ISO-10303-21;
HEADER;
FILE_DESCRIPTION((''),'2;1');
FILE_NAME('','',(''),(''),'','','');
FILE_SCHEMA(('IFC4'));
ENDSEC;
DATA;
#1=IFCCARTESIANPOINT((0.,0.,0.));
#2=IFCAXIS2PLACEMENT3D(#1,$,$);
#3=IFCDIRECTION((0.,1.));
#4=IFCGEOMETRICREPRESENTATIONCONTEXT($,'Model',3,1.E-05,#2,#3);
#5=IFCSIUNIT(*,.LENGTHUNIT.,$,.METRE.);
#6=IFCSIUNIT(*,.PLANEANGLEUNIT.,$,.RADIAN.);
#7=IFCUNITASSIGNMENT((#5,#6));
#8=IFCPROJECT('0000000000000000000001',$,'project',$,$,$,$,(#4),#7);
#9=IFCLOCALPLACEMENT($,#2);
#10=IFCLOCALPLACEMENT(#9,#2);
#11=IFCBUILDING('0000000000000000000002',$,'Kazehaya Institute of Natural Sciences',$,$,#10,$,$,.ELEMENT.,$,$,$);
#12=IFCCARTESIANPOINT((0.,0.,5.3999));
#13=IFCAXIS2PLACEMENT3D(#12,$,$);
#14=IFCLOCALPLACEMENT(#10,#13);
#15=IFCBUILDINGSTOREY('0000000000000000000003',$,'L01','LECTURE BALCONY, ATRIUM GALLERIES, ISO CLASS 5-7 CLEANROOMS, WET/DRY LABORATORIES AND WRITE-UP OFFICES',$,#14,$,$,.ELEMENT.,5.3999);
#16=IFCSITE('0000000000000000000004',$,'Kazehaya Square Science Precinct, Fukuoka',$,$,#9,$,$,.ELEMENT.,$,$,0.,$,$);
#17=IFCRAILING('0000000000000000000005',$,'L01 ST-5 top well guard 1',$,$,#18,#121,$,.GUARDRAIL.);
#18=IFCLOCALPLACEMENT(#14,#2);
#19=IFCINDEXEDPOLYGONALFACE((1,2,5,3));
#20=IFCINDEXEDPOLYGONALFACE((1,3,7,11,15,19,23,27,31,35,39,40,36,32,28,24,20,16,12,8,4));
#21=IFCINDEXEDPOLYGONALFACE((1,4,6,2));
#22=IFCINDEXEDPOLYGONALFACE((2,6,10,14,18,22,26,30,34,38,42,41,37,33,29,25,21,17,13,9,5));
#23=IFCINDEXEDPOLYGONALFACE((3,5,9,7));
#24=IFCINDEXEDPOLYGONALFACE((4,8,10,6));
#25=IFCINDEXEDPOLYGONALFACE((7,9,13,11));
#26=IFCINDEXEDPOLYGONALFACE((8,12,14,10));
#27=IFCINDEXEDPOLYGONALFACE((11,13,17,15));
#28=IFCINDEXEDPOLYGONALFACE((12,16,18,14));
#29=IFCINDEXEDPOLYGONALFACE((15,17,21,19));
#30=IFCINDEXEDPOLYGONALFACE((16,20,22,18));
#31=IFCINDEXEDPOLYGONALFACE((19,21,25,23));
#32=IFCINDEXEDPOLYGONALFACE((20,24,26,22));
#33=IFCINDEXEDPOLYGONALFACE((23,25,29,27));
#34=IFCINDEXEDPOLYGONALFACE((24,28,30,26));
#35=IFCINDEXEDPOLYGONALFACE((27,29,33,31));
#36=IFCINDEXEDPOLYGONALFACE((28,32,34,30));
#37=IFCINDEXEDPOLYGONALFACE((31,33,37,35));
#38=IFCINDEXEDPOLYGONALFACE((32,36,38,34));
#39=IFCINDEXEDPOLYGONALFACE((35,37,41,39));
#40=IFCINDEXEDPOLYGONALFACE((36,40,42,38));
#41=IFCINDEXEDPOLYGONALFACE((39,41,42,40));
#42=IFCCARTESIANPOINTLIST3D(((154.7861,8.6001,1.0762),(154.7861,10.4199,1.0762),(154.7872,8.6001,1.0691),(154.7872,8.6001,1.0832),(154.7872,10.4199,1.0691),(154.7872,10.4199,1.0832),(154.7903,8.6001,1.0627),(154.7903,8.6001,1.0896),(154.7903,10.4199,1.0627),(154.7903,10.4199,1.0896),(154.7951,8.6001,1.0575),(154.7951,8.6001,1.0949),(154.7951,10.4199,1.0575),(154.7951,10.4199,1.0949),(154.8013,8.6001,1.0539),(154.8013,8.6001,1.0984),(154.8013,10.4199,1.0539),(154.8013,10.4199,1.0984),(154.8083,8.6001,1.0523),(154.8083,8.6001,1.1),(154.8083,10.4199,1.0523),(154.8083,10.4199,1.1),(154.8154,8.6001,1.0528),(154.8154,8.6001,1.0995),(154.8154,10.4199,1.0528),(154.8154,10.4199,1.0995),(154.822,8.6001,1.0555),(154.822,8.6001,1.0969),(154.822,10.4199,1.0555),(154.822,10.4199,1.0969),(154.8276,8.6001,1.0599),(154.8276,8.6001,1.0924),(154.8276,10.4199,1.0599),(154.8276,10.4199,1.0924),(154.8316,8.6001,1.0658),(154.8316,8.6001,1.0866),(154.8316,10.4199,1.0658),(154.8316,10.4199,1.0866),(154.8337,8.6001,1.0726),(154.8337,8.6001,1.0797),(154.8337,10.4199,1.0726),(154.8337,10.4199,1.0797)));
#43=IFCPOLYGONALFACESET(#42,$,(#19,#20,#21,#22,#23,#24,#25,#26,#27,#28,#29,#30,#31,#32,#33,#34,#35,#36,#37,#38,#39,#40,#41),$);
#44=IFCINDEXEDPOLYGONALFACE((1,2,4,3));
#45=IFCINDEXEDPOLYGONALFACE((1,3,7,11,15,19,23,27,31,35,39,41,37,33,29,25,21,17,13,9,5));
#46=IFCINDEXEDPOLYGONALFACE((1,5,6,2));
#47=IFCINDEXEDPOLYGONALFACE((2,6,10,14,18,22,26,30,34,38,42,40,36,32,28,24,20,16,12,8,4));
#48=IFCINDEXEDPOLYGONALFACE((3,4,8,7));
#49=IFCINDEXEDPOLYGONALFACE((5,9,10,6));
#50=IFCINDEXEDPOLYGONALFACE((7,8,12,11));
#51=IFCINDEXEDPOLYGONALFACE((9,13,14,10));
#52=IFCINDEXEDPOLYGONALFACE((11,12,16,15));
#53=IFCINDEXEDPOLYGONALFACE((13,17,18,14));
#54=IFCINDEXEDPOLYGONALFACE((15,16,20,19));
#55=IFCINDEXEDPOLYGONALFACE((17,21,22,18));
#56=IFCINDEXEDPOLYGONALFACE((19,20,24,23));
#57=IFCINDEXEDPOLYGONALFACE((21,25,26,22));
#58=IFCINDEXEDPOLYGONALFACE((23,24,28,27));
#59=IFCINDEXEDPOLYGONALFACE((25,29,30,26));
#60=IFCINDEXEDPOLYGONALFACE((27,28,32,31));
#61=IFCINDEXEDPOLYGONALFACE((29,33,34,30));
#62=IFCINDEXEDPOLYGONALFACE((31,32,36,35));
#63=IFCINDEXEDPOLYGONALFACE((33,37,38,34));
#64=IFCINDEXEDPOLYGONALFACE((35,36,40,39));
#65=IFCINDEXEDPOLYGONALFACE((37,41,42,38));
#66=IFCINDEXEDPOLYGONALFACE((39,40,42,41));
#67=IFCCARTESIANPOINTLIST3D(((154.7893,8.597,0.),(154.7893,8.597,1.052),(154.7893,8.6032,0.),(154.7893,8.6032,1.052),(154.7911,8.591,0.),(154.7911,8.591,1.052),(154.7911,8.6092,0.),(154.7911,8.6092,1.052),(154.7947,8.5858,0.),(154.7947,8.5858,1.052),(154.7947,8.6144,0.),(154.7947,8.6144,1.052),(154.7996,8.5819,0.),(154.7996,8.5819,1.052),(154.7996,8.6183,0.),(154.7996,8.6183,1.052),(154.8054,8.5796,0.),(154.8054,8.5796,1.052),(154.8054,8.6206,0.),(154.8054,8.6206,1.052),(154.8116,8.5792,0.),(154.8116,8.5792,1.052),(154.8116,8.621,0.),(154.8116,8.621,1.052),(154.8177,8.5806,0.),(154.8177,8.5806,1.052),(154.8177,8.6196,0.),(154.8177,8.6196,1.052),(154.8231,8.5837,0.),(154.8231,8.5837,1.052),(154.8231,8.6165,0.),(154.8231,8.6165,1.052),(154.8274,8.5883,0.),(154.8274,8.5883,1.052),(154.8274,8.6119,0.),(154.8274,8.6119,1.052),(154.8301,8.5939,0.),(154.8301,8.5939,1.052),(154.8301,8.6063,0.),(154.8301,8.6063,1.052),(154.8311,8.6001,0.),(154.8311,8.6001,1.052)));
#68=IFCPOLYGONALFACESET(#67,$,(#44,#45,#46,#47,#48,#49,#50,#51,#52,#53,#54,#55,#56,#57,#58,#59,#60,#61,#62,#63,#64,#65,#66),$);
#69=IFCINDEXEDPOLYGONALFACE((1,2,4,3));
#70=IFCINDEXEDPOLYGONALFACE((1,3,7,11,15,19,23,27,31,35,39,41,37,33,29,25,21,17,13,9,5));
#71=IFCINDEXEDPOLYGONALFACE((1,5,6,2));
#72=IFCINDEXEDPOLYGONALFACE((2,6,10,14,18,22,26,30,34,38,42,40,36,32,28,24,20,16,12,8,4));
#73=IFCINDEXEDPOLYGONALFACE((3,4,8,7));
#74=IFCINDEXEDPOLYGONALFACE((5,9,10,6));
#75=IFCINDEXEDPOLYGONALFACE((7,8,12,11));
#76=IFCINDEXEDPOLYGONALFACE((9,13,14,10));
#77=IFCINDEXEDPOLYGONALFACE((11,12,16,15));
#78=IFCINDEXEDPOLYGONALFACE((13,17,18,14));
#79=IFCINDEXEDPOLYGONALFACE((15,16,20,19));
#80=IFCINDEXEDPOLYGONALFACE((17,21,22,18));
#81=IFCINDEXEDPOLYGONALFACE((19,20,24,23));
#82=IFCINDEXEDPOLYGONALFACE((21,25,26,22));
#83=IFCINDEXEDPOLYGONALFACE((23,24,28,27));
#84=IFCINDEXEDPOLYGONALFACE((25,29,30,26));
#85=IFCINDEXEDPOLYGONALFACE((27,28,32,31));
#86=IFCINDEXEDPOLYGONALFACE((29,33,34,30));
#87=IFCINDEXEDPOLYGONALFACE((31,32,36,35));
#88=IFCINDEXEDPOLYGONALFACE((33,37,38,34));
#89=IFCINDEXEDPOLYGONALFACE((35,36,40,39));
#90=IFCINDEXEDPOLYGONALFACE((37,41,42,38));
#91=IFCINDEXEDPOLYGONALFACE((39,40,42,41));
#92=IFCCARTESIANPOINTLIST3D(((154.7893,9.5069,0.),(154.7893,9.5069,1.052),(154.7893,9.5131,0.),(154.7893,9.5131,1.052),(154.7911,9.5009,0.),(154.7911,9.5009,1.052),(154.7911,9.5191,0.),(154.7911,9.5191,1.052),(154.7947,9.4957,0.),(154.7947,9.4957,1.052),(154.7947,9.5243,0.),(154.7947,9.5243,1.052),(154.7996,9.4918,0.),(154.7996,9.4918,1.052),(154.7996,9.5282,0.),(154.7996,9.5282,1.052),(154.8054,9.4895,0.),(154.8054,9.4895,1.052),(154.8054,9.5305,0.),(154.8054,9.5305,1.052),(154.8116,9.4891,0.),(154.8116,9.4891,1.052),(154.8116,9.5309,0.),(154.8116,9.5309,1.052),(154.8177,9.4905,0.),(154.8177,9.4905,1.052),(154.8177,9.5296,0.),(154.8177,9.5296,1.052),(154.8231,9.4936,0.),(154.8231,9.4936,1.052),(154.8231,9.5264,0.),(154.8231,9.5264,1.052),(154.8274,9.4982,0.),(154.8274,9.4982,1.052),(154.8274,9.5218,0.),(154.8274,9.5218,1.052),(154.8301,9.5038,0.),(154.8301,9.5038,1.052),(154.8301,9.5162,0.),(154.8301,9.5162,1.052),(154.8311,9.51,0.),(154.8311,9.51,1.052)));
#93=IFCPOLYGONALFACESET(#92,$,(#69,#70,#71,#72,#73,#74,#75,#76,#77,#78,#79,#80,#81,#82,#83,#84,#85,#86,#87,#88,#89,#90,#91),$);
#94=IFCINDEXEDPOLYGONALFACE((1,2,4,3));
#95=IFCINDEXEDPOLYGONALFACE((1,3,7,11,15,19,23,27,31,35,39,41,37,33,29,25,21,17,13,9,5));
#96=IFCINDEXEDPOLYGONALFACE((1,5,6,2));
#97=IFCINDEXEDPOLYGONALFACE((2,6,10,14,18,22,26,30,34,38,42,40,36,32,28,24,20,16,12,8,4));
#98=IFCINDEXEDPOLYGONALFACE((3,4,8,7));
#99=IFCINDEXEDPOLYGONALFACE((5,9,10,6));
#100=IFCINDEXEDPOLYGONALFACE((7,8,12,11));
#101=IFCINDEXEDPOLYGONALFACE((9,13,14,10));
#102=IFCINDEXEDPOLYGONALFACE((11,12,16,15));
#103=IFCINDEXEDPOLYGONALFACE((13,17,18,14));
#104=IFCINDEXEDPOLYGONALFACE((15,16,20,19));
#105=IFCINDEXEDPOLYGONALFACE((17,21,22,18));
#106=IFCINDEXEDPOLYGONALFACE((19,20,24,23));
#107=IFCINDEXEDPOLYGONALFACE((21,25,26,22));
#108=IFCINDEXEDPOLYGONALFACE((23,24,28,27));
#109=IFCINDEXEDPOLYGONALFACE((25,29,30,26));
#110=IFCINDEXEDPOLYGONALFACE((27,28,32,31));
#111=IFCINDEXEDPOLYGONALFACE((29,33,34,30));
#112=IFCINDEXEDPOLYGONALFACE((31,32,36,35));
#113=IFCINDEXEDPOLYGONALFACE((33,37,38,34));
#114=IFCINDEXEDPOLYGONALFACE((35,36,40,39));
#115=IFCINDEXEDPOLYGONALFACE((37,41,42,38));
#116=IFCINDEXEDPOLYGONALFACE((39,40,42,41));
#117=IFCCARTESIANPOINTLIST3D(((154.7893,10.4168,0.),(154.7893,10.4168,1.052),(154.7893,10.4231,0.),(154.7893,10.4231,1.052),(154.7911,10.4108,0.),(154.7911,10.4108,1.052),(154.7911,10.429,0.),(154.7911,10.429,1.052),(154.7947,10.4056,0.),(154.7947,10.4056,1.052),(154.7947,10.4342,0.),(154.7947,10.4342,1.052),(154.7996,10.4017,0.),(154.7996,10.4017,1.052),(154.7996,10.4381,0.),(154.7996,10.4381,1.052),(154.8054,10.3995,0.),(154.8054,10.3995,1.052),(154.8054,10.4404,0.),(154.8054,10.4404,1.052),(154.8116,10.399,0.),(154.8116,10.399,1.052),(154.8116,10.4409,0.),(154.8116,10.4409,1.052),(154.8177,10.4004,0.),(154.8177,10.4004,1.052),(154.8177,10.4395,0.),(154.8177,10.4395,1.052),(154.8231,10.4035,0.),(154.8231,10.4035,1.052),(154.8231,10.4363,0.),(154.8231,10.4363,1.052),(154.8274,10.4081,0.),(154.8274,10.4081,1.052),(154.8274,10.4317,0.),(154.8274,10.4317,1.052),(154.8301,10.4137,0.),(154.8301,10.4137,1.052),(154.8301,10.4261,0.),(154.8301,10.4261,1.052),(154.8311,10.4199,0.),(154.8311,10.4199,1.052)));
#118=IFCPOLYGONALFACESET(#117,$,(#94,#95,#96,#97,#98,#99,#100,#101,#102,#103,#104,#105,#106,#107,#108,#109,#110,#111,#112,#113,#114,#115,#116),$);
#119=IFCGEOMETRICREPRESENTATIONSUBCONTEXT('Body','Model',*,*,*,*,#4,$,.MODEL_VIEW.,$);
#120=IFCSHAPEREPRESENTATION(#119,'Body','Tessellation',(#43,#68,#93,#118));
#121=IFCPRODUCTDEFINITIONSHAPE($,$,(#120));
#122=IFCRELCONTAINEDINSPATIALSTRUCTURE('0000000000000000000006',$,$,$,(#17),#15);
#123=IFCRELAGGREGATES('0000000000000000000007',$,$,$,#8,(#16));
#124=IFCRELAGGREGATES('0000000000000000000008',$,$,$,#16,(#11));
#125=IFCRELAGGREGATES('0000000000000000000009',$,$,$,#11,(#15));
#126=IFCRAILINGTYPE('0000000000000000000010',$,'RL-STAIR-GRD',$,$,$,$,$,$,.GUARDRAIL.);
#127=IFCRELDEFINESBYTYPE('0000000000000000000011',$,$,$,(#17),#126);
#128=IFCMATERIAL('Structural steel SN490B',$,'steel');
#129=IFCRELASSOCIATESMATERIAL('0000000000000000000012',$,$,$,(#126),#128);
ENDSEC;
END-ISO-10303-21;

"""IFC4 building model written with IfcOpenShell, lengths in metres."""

from ifc_helpers import new_model, si_unit, direction, frame, origin, origin_2d, place, context, subcontext, project, spatial, circle, extrude, material, type_object, element, save


model = new_model("IFC4")

# Units and contexts
model_context = context("Model", 3, precision=1e-05, world=origin(), true_north=direction((0.0, 1.0)))
body_context = subcontext(model_context, "Body", "Model", "MODEL_VIEW")
ifc_project = project(units=[si_unit("LENGTHUNIT", "METRE"), si_unit("PLANEANGLEUNIT", "RADIAN")], contexts=[model_context])

# Site, building, storey
site_placement = place(None, origin())
site = spatial("IfcSite", under=ifc_project, at=site_placement, Name="Kazehaya Square Science Precinct, Fukuoka", CompositionType="ELEMENT", RefElevation=0.0)
building_placement = place(site_placement, origin())
building = spatial("IfcBuilding", under=site, at=building_placement, Name="Kazehaya Institute of Natural Sciences", CompositionType="ELEMENT")
storey_placement = place(building_placement, frame((0.0, 0.0, 5.3999)))
storey = spatial("IfcBuildingStorey", under=building, at=storey_placement, Name="L01", Description="LECTURE BALCONY, ATRIUM GALLERIES, ISO CLASS 5-7 CLEANROOMS, WET/DRY LABORATORIES AND WRITE-UP OFFICES", CompositionType="ELEMENT", Elevation=5.3999)

# Railing
ifc_material_1 = material(Name="Structural steel SN490B", Category="steel")
railing_type = type_object("IfcRailingType", Name="RL-STAIR-GRD", PredefinedType="GUARDRAIL", material=ifc_material_1)
railing_placement = place(storey_placement, frame((154.8101, 8.6001, 0.0)))
element("IfcRailing", 1, at=railing_placement, inside=storey, type_object=railing_type, Name="L01 ST-5 top well guard 1", PredefinedType="GUARDRAIL", context=body_context, shape_type="SweptSolid", body=[
    extrude(circle(Radius=0.0239, at=origin_2d()), frame((0.0, 0.0, 1.0762), z_axis=(0.0, 1.0, 0.0), x_axis=(-1.0, 0.0, 0.0)), (0.0, 0.0, 1.0), 1.8198),
    extrude(circle(Radius=0.021, at=origin_2d()), origin(), (0.0, 0.0, 1.0), 1.052),
    extrude(circle(Radius=0.021, at=origin_2d()), frame((0.0, 0.9099, 0.0)), (0.0, 0.0, 1.0), 1.052),
    extrude(circle(Radius=0.021, at=origin_2d()), frame((0.0, 1.8198, 0.0)), (0.0, 0.0, 1.0), 1.052),
])

save(model, "model.ifc")
